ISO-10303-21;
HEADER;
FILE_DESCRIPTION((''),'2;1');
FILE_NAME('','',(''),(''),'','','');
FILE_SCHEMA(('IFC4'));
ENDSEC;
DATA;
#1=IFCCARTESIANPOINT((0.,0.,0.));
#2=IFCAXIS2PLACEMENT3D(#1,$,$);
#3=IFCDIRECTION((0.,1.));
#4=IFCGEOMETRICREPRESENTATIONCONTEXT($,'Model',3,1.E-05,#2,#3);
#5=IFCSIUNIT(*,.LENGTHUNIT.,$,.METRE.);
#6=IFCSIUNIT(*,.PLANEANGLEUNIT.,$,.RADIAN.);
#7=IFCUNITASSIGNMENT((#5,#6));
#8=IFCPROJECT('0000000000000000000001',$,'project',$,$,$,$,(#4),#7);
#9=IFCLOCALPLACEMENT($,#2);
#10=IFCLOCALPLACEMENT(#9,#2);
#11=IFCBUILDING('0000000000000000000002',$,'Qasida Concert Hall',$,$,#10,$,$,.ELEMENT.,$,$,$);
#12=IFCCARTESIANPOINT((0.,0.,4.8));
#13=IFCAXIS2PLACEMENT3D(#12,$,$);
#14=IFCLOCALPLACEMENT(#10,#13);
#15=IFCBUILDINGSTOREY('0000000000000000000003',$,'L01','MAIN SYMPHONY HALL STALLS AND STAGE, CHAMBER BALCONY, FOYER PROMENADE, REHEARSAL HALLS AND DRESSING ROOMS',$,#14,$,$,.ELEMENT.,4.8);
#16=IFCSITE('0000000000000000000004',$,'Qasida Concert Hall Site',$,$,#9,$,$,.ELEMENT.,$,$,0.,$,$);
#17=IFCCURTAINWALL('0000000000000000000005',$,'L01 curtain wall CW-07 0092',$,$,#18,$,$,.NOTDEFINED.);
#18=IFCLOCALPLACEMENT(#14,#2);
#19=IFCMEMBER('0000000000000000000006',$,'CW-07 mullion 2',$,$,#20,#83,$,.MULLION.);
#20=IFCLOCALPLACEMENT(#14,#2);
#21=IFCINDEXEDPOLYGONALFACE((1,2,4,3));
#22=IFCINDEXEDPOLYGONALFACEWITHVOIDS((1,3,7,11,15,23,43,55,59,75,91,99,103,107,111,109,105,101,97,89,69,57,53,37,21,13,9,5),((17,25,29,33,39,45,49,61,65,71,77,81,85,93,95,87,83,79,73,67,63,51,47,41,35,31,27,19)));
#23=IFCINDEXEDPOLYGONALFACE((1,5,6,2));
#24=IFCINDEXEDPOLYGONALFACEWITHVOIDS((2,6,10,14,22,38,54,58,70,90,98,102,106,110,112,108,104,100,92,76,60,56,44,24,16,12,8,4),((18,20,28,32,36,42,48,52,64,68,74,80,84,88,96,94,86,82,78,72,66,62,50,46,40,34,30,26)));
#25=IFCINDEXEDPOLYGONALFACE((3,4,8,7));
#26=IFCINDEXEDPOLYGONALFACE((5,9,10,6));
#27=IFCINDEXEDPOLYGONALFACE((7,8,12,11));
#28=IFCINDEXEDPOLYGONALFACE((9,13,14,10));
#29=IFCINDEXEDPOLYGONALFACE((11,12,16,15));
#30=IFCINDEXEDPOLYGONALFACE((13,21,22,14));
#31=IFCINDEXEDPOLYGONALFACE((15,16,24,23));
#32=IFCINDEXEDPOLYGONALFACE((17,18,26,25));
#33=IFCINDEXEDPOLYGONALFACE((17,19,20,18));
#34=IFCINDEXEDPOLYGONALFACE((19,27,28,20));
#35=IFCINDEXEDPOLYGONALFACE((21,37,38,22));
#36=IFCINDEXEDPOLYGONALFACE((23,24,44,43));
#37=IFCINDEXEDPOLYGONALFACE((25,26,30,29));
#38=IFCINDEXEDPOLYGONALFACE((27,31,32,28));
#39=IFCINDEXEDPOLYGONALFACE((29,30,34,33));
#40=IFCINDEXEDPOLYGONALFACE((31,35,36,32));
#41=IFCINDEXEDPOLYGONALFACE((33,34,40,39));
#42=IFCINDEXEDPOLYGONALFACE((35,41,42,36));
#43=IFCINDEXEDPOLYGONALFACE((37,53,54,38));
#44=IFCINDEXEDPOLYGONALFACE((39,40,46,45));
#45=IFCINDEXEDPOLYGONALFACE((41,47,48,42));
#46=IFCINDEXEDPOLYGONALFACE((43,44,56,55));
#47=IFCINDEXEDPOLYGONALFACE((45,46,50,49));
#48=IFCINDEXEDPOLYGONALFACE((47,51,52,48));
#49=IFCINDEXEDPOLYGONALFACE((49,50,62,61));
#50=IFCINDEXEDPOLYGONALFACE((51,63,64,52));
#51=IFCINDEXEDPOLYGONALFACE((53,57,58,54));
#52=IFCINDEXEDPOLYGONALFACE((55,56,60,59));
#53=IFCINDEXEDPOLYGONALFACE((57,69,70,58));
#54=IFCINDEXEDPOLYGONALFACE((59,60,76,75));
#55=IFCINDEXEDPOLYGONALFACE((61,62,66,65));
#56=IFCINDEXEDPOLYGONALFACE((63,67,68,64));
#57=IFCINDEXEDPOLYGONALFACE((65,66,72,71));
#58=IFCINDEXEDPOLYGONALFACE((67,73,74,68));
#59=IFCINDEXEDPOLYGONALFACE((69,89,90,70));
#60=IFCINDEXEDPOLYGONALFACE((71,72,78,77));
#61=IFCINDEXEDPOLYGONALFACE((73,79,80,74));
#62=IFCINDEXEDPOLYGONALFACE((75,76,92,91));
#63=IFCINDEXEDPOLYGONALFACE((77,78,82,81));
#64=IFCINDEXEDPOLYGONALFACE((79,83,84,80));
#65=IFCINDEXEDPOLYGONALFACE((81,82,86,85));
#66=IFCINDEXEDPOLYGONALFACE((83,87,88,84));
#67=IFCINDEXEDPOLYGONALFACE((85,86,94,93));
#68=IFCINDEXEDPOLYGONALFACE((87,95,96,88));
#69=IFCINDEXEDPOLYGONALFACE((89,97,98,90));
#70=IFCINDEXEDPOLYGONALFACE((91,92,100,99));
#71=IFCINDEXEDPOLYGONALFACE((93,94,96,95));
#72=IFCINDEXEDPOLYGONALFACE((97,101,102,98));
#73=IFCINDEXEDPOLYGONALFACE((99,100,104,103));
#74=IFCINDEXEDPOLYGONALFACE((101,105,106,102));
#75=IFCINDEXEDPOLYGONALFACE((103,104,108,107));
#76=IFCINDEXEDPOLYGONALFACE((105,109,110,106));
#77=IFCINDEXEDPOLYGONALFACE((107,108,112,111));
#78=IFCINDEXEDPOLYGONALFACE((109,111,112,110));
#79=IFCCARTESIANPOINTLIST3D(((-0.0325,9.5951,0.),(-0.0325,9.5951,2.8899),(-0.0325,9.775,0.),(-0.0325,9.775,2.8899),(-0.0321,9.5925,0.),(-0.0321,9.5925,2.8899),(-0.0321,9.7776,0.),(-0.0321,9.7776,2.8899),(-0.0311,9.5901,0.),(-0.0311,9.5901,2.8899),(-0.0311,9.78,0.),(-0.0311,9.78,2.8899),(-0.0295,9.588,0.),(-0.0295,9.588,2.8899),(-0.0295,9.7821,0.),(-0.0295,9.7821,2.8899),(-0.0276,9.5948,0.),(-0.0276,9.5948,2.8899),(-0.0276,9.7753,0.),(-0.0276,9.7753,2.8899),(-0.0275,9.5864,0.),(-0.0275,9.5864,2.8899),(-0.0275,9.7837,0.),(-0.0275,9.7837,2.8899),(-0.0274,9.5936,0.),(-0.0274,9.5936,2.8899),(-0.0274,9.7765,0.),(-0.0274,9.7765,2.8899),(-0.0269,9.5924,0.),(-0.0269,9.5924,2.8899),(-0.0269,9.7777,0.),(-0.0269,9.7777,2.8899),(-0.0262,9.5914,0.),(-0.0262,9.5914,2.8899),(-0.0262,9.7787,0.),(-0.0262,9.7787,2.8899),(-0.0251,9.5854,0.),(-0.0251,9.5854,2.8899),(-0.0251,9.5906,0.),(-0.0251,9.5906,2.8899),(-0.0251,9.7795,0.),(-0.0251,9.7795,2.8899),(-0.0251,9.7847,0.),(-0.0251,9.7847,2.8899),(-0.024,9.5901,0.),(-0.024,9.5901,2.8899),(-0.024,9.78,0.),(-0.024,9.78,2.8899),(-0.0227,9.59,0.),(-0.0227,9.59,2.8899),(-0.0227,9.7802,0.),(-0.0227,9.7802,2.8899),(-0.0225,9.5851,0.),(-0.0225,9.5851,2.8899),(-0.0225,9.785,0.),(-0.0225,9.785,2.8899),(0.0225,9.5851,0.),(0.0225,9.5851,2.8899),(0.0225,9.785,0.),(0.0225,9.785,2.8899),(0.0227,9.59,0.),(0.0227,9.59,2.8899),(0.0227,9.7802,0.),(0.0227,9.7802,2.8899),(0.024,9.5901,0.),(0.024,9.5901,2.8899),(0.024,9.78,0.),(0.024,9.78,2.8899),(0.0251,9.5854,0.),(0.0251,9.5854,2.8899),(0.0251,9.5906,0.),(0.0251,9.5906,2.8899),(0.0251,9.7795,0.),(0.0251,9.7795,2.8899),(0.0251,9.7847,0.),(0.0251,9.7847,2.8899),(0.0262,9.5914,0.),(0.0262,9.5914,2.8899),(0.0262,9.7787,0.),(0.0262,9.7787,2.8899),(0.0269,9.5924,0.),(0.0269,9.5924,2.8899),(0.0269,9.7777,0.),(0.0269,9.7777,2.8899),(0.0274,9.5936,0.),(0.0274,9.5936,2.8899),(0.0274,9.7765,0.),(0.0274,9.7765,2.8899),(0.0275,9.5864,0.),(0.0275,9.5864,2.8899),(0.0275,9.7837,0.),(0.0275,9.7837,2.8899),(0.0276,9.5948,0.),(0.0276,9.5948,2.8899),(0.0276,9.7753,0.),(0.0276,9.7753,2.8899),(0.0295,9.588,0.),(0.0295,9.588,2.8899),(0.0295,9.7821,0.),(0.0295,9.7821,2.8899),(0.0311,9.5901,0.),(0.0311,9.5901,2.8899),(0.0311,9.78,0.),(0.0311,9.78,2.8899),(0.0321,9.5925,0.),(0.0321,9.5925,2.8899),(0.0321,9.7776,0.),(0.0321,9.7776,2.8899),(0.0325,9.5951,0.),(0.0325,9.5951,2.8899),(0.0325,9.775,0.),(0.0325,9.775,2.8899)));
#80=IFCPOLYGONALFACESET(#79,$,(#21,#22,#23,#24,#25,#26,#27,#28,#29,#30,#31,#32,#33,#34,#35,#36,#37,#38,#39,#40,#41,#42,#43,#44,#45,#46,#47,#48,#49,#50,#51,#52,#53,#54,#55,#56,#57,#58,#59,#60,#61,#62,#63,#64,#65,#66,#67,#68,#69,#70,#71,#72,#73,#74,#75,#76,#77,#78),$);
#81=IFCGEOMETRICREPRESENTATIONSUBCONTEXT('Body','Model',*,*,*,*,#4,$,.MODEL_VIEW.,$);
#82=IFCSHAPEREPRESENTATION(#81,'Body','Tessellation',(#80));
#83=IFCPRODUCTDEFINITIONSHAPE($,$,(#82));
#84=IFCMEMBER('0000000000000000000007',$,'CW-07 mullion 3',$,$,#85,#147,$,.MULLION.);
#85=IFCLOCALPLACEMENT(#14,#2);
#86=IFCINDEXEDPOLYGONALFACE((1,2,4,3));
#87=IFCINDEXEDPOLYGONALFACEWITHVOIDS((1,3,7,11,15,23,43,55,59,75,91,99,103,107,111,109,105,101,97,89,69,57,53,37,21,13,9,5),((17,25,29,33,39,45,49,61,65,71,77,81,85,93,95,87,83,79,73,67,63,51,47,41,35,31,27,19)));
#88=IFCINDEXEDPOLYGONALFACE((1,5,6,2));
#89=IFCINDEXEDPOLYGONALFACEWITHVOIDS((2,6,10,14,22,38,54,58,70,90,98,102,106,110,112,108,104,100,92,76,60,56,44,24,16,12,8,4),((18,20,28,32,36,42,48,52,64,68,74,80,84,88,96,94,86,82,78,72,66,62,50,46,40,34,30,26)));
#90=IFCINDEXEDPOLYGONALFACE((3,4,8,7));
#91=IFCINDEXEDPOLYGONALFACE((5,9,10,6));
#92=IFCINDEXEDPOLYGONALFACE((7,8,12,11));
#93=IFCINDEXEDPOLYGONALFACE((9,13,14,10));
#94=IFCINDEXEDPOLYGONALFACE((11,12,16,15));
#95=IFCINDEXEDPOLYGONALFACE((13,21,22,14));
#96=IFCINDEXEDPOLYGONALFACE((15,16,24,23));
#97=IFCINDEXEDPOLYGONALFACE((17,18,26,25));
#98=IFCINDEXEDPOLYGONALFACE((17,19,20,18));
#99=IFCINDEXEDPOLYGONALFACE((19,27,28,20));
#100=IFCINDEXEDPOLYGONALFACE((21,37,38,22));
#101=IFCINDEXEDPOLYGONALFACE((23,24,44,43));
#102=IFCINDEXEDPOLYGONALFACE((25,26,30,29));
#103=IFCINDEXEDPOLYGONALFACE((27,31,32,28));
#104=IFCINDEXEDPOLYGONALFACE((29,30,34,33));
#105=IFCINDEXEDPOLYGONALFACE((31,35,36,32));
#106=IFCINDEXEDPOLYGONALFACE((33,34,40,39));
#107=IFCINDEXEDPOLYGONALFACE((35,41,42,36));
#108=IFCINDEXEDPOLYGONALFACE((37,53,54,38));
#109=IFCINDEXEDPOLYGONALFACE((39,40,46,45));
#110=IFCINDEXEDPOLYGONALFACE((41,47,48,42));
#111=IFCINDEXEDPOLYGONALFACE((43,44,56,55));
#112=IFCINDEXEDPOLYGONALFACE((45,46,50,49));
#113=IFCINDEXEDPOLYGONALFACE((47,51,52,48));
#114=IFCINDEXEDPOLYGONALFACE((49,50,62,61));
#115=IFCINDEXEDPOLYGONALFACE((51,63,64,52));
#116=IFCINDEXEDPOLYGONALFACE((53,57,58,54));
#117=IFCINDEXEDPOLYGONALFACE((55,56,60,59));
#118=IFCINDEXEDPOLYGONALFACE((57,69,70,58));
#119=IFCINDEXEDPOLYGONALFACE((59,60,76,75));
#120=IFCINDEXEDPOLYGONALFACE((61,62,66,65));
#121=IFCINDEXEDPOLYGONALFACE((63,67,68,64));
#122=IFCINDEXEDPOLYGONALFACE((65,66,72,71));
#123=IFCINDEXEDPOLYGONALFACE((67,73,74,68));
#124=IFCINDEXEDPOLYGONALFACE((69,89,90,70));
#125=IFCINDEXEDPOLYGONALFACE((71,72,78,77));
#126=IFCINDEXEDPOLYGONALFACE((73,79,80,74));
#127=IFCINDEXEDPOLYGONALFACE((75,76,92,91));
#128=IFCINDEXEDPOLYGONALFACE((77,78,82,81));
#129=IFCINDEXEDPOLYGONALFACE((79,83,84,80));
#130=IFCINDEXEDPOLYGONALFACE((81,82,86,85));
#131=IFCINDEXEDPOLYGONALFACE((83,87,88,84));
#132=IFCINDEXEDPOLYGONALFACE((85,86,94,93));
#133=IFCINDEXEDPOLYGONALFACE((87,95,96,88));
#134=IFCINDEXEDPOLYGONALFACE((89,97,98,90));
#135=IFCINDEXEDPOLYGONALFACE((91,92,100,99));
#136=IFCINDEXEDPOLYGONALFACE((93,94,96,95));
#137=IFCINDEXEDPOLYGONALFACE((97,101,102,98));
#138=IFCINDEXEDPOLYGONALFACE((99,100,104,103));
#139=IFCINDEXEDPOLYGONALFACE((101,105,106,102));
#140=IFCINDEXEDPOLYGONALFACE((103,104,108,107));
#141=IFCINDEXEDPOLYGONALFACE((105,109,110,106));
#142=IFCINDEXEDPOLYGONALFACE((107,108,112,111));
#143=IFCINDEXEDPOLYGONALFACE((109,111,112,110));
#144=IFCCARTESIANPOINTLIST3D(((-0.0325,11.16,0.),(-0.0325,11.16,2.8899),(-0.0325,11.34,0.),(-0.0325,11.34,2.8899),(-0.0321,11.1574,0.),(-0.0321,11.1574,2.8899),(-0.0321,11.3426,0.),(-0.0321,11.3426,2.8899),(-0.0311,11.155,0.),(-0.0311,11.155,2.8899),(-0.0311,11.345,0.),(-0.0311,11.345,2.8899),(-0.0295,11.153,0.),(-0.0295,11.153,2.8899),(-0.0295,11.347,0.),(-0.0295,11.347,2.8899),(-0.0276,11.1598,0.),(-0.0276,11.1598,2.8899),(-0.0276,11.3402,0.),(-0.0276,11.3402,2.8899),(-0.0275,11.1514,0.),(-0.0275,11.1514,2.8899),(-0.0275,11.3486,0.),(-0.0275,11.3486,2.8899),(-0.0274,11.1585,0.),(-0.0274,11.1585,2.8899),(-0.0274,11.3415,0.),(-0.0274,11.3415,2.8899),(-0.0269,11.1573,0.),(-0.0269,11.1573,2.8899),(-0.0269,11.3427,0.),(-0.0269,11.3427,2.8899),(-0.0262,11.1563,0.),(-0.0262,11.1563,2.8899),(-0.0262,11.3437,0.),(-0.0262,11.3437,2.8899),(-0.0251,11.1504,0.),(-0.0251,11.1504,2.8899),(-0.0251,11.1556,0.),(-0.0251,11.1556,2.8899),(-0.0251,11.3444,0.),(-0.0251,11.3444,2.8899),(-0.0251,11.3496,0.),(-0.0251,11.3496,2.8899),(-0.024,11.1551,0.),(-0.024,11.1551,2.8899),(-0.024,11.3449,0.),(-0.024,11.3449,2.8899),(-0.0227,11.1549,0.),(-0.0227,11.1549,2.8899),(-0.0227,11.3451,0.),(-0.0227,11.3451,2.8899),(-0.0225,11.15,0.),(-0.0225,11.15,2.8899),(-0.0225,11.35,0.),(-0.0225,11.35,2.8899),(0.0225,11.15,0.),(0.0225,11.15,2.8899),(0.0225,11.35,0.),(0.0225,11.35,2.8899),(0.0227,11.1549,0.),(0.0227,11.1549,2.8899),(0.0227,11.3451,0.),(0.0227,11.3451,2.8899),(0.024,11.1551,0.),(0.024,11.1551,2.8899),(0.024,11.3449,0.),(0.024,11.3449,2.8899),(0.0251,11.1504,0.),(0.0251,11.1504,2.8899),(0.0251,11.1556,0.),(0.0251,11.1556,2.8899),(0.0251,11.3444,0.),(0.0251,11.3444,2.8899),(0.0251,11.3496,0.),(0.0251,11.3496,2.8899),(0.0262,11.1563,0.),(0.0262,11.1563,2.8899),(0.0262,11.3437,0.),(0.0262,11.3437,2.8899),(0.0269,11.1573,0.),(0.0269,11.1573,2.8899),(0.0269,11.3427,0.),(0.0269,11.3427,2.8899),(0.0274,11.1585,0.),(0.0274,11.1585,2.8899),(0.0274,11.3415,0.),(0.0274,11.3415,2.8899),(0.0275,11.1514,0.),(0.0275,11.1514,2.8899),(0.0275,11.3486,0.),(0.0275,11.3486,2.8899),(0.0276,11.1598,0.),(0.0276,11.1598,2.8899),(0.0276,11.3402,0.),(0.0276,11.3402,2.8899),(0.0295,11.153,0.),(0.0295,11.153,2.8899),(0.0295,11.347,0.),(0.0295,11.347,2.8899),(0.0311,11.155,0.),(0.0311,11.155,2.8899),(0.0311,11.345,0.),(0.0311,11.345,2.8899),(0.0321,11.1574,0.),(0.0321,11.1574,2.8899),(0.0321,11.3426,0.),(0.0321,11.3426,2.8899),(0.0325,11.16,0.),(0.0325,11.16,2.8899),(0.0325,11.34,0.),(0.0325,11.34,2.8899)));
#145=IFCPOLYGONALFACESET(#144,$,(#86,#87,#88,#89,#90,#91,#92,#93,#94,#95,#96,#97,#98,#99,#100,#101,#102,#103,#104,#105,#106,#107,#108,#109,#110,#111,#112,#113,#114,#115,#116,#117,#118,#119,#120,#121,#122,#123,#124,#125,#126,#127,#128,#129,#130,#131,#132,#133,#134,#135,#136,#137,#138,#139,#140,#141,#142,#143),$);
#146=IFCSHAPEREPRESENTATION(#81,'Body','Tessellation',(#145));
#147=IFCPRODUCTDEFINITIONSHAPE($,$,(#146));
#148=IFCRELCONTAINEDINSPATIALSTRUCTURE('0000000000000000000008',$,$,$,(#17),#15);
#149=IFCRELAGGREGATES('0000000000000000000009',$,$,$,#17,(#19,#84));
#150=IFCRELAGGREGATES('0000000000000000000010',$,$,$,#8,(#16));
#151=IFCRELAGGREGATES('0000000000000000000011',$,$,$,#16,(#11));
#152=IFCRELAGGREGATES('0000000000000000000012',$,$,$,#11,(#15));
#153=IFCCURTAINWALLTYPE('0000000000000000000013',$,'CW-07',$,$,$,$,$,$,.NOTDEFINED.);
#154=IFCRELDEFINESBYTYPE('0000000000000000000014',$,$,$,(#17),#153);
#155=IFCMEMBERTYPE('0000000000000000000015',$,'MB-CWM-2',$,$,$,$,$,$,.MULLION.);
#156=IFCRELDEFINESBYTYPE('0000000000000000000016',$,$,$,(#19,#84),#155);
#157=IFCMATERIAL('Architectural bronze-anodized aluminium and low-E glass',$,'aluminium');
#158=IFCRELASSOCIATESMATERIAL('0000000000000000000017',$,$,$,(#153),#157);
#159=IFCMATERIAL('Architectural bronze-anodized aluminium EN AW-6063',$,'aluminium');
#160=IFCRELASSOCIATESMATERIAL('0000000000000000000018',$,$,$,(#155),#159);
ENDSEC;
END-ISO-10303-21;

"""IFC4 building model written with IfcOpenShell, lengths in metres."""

from ifc_helpers import new_model, si_unit, direction, frame, origin, origin_2d, place, context, subcontext, project, spatial, hollow_rectangle, extrude, material, material_profile, profile_set, type_object, element, aggregate, save


model = new_model("IFC4")

# Units and contexts
model_context = context("Model", 3, precision=1e-05, world=origin(), true_north=direction((0.0, 1.0)))
body_context = subcontext(model_context, "Body", "Model", "MODEL_VIEW")
ifc_project = project(units=[si_unit("LENGTHUNIT", "METRE"), si_unit("PLANEANGLEUNIT", "RADIAN")], contexts=[model_context])

# Site, building, storey
site_placement = place(None, origin())
site = spatial("IfcSite", under=ifc_project, at=site_placement, Name="Qasida Concert Hall Site", CompositionType="ELEMENT", RefElevation=0.0)
building_placement = place(site_placement, origin())
building = spatial("IfcBuilding", under=site, at=building_placement, Name="Qasida Concert Hall", CompositionType="ELEMENT")
storey_placement = place(building_placement, frame((0.0, 0.0, 4.8)))
storey = spatial("IfcBuildingStorey", under=building, at=storey_placement, Name="L01", Description="MAIN SYMPHONY HALL STALLS AND STAGE, CHAMBER BALCONY, FOYER PROMENADE, REHEARSAL HALLS AND DRESSING ROOMS", CompositionType="ELEMENT", Elevation=4.8)

# Curtain wall, members
ifc_material_1 = material(Name="Architectural bronze-anodized aluminium and low-E glass", Category="aluminium")
curtain_wall_type = type_object("IfcCurtainWallType", Name="CW-07", PredefinedType="NOTDEFINED", material=ifc_material_1)
curtain_wall_placement = place(storey_placement, origin())
curtain_wall = element("IfcCurtainWall", 1, at=curtain_wall_placement, inside=storey, type_object=curtain_wall_type, Name="L01 curtain wall CW-07 0092", PredefinedType="NOTDEFINED")
ifc_material_2 = material(Name="Architectural bronze-anodized aluminium EN AW-6063", Category="aluminium")
ifc_material_profile_1 = material_profile(ifc_material_2, hollow_rectangle(XDim=0.0649, YDim=0.2, WallThickness=0.0049, InnerFilletRadius=0.0049, OuterFilletRadius=0.01, at=origin_2d()), Name="CWM 200x65x5")
ifc_profile_set_1 = profile_set([ifc_material_profile_1], Name="Architectural bronze-anodized aluminium EN AW-6063")
member_type_1 = type_object("IfcMemberType", Name="MB-CWM-2", PredefinedType="MULLION", material=ifc_profile_set_1)
member_1_placement = place(storey_placement, frame((0.0, 9.6851, 0.0), z_axis=(0.0, 0.0, 1.0), x_axis=(-1.0, 0.0, 0.0)))
member_1 = element("IfcMember", 2, at=member_1_placement, type_object=member_type_1, Name="CW-07 mullion 2", PredefinedType="MULLION", context=body_context, shape_type="SweptSolid", body=[
    extrude(hollow_rectangle(XDim=0.0649, YDim=0.2, WallThickness=0.0049, InnerFilletRadius=0.0049, OuterFilletRadius=0.01, at=origin_2d()), origin(), (0.0, 0.0, 1.0), 2.8899),
])
member_2_placement = place(storey_placement, frame((0.0, 11.25, 0.0), z_axis=(0.0, 0.0, 1.0), x_axis=(-1.0, 0.0, 0.0)))
member_2 = element("IfcMember", 3, at=member_2_placement, type_object=member_type_1, Name="CW-07 mullion 3", PredefinedType="MULLION", context=body_context, shape_type="SweptSolid", body=[
    extrude(hollow_rectangle(XDim=0.0649, YDim=0.2, WallThickness=0.0049, InnerFilletRadius=0.0049, OuterFilletRadius=0.01, at=origin_2d()), origin(), (0.0, 0.0, 1.0), 2.8899),
])
aggregate(curtain_wall, [member_1, member_2])

save(model, "model.ifc")
